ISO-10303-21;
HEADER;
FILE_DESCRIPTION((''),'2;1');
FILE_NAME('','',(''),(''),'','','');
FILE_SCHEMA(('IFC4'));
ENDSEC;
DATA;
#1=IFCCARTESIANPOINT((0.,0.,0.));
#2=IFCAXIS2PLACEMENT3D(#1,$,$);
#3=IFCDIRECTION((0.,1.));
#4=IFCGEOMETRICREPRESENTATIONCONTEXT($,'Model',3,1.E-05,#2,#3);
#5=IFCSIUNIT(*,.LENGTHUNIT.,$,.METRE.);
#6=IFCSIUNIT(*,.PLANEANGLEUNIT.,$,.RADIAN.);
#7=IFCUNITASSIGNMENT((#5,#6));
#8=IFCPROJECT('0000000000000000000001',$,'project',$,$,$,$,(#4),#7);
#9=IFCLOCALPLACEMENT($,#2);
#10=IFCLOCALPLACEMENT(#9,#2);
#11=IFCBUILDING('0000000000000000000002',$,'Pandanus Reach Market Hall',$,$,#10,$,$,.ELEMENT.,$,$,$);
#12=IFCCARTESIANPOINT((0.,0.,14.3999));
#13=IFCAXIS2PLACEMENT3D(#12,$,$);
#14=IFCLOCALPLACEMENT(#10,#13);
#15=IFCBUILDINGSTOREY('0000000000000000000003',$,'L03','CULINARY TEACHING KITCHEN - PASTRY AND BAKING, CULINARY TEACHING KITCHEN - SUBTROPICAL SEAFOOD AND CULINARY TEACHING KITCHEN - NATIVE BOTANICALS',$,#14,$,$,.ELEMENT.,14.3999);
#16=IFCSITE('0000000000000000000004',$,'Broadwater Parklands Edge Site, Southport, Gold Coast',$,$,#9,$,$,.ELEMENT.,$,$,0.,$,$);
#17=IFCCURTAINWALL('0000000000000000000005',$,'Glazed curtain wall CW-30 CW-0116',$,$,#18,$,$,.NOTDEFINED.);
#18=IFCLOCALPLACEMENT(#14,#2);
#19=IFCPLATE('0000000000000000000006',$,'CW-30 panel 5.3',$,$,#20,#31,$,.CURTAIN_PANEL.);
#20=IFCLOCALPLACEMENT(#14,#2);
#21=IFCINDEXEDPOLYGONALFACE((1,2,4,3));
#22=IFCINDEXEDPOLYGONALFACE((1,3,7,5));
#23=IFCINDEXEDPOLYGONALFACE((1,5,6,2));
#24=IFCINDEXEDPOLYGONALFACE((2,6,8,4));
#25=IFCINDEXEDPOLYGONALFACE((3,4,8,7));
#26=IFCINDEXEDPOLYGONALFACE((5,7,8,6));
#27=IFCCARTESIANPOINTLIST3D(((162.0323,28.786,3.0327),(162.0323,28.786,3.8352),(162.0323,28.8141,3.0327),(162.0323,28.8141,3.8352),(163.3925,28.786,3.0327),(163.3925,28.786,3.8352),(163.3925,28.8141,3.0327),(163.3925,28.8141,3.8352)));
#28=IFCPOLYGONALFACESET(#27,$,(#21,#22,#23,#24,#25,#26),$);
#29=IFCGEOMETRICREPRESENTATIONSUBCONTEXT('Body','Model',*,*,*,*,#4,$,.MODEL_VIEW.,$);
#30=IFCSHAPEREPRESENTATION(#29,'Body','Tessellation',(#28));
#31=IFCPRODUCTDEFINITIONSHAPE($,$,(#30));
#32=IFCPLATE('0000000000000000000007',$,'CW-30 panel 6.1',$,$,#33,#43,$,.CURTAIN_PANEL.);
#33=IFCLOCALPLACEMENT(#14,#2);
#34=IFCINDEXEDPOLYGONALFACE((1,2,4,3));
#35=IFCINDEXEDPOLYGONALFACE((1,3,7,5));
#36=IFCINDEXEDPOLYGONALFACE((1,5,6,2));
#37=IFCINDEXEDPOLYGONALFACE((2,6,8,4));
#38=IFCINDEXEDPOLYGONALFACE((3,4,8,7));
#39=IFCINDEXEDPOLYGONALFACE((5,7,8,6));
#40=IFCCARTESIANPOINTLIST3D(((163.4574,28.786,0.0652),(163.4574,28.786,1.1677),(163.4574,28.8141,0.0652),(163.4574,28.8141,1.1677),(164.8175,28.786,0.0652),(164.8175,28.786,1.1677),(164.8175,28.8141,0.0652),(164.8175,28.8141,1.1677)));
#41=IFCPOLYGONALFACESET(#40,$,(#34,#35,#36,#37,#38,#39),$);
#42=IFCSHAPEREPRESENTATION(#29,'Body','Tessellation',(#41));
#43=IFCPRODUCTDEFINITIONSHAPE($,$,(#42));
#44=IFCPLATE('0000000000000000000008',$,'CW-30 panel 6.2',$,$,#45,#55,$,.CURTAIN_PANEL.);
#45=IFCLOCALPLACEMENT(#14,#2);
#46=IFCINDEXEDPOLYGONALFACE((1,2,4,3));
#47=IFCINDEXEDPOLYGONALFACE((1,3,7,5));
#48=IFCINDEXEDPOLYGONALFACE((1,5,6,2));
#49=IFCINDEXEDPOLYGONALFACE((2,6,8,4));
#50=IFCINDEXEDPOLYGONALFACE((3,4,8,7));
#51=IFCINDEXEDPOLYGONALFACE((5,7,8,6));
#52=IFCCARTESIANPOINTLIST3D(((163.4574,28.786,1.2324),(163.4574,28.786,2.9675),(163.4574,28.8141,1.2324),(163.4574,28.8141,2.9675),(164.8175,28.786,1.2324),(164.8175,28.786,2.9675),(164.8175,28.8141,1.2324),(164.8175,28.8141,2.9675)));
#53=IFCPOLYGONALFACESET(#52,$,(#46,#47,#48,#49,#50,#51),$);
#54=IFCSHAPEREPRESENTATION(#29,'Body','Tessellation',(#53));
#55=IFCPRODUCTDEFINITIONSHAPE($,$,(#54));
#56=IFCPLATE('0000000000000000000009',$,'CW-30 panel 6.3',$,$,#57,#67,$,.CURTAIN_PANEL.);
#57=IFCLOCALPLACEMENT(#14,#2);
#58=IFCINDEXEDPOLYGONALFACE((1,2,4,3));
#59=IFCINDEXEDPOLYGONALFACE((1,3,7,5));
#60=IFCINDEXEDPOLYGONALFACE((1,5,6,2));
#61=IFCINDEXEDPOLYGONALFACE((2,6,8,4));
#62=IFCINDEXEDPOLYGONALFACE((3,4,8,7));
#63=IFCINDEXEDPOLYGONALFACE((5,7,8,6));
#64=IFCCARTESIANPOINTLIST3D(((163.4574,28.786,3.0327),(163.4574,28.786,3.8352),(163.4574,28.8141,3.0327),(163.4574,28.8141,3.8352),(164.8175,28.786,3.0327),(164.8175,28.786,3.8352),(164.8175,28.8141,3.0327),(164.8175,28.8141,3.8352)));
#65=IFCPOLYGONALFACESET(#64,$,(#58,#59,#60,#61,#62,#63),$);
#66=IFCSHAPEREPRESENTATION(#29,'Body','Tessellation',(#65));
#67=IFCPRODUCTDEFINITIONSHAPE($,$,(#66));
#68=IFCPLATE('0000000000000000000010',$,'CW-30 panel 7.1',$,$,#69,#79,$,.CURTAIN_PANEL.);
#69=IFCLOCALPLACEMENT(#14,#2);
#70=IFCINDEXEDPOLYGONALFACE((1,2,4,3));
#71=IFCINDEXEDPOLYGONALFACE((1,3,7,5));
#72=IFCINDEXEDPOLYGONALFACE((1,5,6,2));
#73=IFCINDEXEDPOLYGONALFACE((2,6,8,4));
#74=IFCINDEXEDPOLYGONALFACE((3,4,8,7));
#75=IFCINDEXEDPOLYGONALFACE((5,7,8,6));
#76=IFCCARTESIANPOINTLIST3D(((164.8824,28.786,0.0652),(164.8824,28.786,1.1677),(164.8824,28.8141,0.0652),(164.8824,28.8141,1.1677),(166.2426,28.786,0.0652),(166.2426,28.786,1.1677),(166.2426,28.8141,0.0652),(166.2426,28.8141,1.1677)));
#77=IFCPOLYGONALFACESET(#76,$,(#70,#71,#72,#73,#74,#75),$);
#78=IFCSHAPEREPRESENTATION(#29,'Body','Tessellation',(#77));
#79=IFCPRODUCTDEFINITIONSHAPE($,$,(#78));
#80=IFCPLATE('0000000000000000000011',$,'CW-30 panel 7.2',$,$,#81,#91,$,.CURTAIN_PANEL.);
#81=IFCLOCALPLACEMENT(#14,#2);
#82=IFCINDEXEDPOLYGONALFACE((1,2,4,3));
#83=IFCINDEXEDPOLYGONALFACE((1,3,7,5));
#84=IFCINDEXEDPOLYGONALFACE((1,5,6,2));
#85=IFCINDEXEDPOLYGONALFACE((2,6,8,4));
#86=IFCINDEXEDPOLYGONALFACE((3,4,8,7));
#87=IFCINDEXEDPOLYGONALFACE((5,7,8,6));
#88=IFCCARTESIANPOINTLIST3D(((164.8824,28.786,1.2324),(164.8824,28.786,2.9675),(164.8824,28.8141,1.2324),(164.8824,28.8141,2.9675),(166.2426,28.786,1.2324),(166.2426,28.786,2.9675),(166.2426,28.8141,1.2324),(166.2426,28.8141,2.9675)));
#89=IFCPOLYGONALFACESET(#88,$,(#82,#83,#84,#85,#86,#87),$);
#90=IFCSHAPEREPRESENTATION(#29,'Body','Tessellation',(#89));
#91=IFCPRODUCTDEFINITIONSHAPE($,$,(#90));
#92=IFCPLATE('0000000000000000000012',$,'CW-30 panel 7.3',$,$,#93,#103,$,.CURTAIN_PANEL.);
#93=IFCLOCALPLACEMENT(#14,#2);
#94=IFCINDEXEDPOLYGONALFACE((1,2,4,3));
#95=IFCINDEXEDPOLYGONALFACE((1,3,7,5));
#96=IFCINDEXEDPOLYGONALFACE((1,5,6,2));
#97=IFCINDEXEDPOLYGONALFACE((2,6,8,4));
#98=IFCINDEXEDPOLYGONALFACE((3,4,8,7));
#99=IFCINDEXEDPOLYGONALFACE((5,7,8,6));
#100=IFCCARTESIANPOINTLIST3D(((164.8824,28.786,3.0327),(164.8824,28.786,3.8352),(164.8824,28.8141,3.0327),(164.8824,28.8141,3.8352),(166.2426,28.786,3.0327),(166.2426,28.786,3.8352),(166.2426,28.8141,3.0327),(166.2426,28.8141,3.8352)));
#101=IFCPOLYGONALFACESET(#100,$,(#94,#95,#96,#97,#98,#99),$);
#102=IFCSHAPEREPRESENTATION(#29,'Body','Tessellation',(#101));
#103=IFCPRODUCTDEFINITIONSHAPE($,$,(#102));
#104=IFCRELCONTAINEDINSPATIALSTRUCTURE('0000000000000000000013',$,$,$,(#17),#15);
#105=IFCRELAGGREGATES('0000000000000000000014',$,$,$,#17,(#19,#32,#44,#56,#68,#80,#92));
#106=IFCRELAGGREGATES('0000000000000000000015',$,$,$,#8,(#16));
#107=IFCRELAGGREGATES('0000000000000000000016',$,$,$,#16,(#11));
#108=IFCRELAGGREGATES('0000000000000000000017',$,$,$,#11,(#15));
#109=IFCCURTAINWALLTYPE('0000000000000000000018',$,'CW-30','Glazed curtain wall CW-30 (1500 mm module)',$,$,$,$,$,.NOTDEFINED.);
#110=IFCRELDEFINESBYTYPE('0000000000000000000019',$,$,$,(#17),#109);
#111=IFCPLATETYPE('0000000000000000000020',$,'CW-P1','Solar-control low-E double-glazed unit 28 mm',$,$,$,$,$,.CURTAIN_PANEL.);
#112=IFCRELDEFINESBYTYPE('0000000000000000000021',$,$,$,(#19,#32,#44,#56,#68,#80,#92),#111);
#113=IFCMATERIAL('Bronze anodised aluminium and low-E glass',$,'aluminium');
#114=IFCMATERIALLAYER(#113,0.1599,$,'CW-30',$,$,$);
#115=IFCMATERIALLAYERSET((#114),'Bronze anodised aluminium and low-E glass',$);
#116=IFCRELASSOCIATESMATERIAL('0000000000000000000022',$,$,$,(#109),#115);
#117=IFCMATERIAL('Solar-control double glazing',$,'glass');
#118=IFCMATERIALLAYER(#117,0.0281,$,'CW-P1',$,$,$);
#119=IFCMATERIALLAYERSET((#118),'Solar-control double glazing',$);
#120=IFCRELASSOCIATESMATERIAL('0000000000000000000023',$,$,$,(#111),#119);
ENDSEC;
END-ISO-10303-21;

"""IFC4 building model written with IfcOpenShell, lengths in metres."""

from ifc_helpers import new_model, si_unit, direction, frame, origin, origin_2d, place, context, subcontext, project, spatial, rectangle, extrude, material, layer, layer_set, type_object, element, aggregate, save


model = new_model("IFC4")

# Units and contexts
model_context = context("Model", 3, precision=1e-05, world=origin(), true_north=direction((0.0, 1.0)))
body_context = subcontext(model_context, "Body", "Model", "MODEL_VIEW")
ifc_project = project(units=[si_unit("LENGTHUNIT", "METRE"), si_unit("PLANEANGLEUNIT", "RADIAN")], contexts=[model_context])

# Site, building, storey
site_placement = place(None, origin())
site = spatial("IfcSite", under=ifc_project, at=site_placement, Name="Broadwater Parklands Edge Site, Southport, Gold Coast", CompositionType="ELEMENT", RefElevation=0.0)
building_placement = place(site_placement, origin())
building = spatial("IfcBuilding", under=site, at=building_placement, Name="Pandanus Reach Market Hall", CompositionType="ELEMENT")
storey_placement = place(building_placement, frame((0.0, 0.0, 14.3999)))
storey = spatial("IfcBuildingStorey", under=building, at=storey_placement, Name="L03", Description="CULINARY TEACHING KITCHEN - PASTRY AND BAKING, CULINARY TEACHING KITCHEN - SUBTROPICAL SEAFOOD AND CULINARY TEACHING KITCHEN - NATIVE BOTANICALS", CompositionType="ELEMENT", Elevation=14.3999)

# Curtain wall, plates
ifc_material_1 = material(Name="Bronze anodised aluminium and low-E glass", Category="aluminium")
ifc_layer_1 = layer(ifc_material_1, 0.1599, Name="CW-30")
ifc_layer_set_1 = layer_set([ifc_layer_1], Name="Bronze anodised aluminium and low-E glass")
curtain_wall_type = type_object("IfcCurtainWallType", Name="CW-30", Description="Glazed curtain wall CW-30 (1500 mm module)", PredefinedType="NOTDEFINED", material=ifc_layer_set_1)
curtain_wall_placement = place(storey_placement, origin())
curtain_wall = element("IfcCurtainWall", 1, at=curtain_wall_placement, inside=storey, type_object=curtain_wall_type, Name="Glazed curtain wall CW-30 CW-0116", PredefinedType="NOTDEFINED")
ifc_material_2 = material(Name="Solar-control double glazing", Category="glass")
ifc_layer_2 = layer(ifc_material_2, 0.0281, Name="CW-P1")
ifc_layer_set_2 = layer_set([ifc_layer_2], Name="Solar-control double glazing")
plate_type = type_object("IfcPlateType", Name="CW-P1", Description="Solar-control low-E double-glazed unit 28 mm", PredefinedType="CURTAIN_PANEL", material=ifc_layer_set_2)
plate_1_placement = place(storey_placement, frame((162.7124, 28.8, 3.0327), z_axis=(0.0, 0.0, 1.0), x_axis=(1.0, 0.0, 0.0)))
plate_1 = element("IfcPlate", 2, at=plate_1_placement, type_object=plate_type, Name="CW-30 panel 5.3", PredefinedType="CURTAIN_PANEL", context=body_context, shape_type="SweptSolid", body=[
    extrude(rectangle(XDim=1.3601, YDim=0.0281, at=origin_2d()), origin(), (0.0, 0.0, 1.0), 0.8025),
])
plate_2_placement = place(storey_placement, frame((164.1375, 28.8, 0.0652), z_axis=(0.0, 0.0, 1.0), x_axis=(1.0, 0.0, 0.0)))
plate_2 = element("IfcPlate", 3, at=plate_2_placement, type_object=plate_type, Name="CW-30 panel 6.1", PredefinedType="CURTAIN_PANEL", context=body_context, shape_type="SweptSolid", body=[
    extrude(rectangle(XDim=1.3601, YDim=0.0281, at=origin_2d()), origin(), (0.0, 0.0, 1.0), 1.1025),
])
plate_3_placement = place(storey_placement, frame((164.1375, 28.8, 1.2324), z_axis=(0.0, 0.0, 1.0), x_axis=(1.0, 0.0, 0.0)))
plate_3 = element("IfcPlate", 4, at=plate_3_placement, type_object=plate_type, Name="CW-30 panel 6.2", PredefinedType="CURTAIN_PANEL", context=body_context, shape_type="SweptSolid", body=[
    extrude(rectangle(XDim=1.3601, YDim=0.0281, at=origin_2d()), origin(), (0.0, 0.0, 1.0), 1.7351),
])
plate_4_placement = place(storey_placement, frame((164.1375, 28.8, 3.0327), z_axis=(0.0, 0.0, 1.0), x_axis=(1.0, 0.0, 0.0)))
plate_4 = element("IfcPlate", 5, at=plate_4_placement, type_object=plate_type, Name="CW-30 panel 6.3", PredefinedType="CURTAIN_PANEL", context=body_context, shape_type="SweptSolid", body=[
    extrude(rectangle(XDim=1.3601, YDim=0.0281, at=origin_2d()), origin(), (0.0, 0.0, 1.0), 0.8025),
])
plate_5_placement = place(storey_placement, frame((165.5625, 28.8, 0.0652), z_axis=(0.0, 0.0, 1.0), x_axis=(1.0, 0.0, 0.0)))
plate_5 = element("IfcPlate", 6, at=plate_5_placement, type_object=plate_type, Name="CW-30 panel 7.1", PredefinedType="CURTAIN_PANEL", context=body_context, shape_type="SweptSolid", body=[
    extrude(rectangle(XDim=1.3601, YDim=0.0281, at=origin_2d()), origin(), (0.0, 0.0, 1.0), 1.1025),
])
plate_6_placement = place(storey_placement, frame((165.5625, 28.8, 1.2324), z_axis=(0.0, 0.0, 1.0), x_axis=(1.0, 0.0, 0.0)))
plate_6 = element("IfcPlate", 7, at=plate_6_placement, type_object=plate_type, Name="CW-30 panel 7.2", PredefinedType="CURTAIN_PANEL", context=body_context, shape_type="SweptSolid", body=[
    extrude(rectangle(XDim=1.3601, YDim=0.0281, at=origin_2d()), origin(), (0.0, 0.0, 1.0), 1.7351),
])
plate_7_placement = place(storey_placement, frame((165.5625, 28.8, 3.0327), z_axis=(0.0, 0.0, 1.0), x_axis=(1.0, 0.0, 0.0)))
plate_7 = element("IfcPlate", 8, at=plate_7_placement, type_object=plate_type, Name="CW-30 panel 7.3", PredefinedType="CURTAIN_PANEL", context=body_context, shape_type="SweptSolid", body=[
    extrude(rectangle(XDim=1.3601, YDim=0.0281, at=origin_2d()), origin(), (0.0, 0.0, 1.0), 0.8025),
])
aggregate(curtain_wall, [plate_1, plate_2, plate_3, plate_4, plate_5, plate_6, plate_7])

save(model, "model.ifc")
